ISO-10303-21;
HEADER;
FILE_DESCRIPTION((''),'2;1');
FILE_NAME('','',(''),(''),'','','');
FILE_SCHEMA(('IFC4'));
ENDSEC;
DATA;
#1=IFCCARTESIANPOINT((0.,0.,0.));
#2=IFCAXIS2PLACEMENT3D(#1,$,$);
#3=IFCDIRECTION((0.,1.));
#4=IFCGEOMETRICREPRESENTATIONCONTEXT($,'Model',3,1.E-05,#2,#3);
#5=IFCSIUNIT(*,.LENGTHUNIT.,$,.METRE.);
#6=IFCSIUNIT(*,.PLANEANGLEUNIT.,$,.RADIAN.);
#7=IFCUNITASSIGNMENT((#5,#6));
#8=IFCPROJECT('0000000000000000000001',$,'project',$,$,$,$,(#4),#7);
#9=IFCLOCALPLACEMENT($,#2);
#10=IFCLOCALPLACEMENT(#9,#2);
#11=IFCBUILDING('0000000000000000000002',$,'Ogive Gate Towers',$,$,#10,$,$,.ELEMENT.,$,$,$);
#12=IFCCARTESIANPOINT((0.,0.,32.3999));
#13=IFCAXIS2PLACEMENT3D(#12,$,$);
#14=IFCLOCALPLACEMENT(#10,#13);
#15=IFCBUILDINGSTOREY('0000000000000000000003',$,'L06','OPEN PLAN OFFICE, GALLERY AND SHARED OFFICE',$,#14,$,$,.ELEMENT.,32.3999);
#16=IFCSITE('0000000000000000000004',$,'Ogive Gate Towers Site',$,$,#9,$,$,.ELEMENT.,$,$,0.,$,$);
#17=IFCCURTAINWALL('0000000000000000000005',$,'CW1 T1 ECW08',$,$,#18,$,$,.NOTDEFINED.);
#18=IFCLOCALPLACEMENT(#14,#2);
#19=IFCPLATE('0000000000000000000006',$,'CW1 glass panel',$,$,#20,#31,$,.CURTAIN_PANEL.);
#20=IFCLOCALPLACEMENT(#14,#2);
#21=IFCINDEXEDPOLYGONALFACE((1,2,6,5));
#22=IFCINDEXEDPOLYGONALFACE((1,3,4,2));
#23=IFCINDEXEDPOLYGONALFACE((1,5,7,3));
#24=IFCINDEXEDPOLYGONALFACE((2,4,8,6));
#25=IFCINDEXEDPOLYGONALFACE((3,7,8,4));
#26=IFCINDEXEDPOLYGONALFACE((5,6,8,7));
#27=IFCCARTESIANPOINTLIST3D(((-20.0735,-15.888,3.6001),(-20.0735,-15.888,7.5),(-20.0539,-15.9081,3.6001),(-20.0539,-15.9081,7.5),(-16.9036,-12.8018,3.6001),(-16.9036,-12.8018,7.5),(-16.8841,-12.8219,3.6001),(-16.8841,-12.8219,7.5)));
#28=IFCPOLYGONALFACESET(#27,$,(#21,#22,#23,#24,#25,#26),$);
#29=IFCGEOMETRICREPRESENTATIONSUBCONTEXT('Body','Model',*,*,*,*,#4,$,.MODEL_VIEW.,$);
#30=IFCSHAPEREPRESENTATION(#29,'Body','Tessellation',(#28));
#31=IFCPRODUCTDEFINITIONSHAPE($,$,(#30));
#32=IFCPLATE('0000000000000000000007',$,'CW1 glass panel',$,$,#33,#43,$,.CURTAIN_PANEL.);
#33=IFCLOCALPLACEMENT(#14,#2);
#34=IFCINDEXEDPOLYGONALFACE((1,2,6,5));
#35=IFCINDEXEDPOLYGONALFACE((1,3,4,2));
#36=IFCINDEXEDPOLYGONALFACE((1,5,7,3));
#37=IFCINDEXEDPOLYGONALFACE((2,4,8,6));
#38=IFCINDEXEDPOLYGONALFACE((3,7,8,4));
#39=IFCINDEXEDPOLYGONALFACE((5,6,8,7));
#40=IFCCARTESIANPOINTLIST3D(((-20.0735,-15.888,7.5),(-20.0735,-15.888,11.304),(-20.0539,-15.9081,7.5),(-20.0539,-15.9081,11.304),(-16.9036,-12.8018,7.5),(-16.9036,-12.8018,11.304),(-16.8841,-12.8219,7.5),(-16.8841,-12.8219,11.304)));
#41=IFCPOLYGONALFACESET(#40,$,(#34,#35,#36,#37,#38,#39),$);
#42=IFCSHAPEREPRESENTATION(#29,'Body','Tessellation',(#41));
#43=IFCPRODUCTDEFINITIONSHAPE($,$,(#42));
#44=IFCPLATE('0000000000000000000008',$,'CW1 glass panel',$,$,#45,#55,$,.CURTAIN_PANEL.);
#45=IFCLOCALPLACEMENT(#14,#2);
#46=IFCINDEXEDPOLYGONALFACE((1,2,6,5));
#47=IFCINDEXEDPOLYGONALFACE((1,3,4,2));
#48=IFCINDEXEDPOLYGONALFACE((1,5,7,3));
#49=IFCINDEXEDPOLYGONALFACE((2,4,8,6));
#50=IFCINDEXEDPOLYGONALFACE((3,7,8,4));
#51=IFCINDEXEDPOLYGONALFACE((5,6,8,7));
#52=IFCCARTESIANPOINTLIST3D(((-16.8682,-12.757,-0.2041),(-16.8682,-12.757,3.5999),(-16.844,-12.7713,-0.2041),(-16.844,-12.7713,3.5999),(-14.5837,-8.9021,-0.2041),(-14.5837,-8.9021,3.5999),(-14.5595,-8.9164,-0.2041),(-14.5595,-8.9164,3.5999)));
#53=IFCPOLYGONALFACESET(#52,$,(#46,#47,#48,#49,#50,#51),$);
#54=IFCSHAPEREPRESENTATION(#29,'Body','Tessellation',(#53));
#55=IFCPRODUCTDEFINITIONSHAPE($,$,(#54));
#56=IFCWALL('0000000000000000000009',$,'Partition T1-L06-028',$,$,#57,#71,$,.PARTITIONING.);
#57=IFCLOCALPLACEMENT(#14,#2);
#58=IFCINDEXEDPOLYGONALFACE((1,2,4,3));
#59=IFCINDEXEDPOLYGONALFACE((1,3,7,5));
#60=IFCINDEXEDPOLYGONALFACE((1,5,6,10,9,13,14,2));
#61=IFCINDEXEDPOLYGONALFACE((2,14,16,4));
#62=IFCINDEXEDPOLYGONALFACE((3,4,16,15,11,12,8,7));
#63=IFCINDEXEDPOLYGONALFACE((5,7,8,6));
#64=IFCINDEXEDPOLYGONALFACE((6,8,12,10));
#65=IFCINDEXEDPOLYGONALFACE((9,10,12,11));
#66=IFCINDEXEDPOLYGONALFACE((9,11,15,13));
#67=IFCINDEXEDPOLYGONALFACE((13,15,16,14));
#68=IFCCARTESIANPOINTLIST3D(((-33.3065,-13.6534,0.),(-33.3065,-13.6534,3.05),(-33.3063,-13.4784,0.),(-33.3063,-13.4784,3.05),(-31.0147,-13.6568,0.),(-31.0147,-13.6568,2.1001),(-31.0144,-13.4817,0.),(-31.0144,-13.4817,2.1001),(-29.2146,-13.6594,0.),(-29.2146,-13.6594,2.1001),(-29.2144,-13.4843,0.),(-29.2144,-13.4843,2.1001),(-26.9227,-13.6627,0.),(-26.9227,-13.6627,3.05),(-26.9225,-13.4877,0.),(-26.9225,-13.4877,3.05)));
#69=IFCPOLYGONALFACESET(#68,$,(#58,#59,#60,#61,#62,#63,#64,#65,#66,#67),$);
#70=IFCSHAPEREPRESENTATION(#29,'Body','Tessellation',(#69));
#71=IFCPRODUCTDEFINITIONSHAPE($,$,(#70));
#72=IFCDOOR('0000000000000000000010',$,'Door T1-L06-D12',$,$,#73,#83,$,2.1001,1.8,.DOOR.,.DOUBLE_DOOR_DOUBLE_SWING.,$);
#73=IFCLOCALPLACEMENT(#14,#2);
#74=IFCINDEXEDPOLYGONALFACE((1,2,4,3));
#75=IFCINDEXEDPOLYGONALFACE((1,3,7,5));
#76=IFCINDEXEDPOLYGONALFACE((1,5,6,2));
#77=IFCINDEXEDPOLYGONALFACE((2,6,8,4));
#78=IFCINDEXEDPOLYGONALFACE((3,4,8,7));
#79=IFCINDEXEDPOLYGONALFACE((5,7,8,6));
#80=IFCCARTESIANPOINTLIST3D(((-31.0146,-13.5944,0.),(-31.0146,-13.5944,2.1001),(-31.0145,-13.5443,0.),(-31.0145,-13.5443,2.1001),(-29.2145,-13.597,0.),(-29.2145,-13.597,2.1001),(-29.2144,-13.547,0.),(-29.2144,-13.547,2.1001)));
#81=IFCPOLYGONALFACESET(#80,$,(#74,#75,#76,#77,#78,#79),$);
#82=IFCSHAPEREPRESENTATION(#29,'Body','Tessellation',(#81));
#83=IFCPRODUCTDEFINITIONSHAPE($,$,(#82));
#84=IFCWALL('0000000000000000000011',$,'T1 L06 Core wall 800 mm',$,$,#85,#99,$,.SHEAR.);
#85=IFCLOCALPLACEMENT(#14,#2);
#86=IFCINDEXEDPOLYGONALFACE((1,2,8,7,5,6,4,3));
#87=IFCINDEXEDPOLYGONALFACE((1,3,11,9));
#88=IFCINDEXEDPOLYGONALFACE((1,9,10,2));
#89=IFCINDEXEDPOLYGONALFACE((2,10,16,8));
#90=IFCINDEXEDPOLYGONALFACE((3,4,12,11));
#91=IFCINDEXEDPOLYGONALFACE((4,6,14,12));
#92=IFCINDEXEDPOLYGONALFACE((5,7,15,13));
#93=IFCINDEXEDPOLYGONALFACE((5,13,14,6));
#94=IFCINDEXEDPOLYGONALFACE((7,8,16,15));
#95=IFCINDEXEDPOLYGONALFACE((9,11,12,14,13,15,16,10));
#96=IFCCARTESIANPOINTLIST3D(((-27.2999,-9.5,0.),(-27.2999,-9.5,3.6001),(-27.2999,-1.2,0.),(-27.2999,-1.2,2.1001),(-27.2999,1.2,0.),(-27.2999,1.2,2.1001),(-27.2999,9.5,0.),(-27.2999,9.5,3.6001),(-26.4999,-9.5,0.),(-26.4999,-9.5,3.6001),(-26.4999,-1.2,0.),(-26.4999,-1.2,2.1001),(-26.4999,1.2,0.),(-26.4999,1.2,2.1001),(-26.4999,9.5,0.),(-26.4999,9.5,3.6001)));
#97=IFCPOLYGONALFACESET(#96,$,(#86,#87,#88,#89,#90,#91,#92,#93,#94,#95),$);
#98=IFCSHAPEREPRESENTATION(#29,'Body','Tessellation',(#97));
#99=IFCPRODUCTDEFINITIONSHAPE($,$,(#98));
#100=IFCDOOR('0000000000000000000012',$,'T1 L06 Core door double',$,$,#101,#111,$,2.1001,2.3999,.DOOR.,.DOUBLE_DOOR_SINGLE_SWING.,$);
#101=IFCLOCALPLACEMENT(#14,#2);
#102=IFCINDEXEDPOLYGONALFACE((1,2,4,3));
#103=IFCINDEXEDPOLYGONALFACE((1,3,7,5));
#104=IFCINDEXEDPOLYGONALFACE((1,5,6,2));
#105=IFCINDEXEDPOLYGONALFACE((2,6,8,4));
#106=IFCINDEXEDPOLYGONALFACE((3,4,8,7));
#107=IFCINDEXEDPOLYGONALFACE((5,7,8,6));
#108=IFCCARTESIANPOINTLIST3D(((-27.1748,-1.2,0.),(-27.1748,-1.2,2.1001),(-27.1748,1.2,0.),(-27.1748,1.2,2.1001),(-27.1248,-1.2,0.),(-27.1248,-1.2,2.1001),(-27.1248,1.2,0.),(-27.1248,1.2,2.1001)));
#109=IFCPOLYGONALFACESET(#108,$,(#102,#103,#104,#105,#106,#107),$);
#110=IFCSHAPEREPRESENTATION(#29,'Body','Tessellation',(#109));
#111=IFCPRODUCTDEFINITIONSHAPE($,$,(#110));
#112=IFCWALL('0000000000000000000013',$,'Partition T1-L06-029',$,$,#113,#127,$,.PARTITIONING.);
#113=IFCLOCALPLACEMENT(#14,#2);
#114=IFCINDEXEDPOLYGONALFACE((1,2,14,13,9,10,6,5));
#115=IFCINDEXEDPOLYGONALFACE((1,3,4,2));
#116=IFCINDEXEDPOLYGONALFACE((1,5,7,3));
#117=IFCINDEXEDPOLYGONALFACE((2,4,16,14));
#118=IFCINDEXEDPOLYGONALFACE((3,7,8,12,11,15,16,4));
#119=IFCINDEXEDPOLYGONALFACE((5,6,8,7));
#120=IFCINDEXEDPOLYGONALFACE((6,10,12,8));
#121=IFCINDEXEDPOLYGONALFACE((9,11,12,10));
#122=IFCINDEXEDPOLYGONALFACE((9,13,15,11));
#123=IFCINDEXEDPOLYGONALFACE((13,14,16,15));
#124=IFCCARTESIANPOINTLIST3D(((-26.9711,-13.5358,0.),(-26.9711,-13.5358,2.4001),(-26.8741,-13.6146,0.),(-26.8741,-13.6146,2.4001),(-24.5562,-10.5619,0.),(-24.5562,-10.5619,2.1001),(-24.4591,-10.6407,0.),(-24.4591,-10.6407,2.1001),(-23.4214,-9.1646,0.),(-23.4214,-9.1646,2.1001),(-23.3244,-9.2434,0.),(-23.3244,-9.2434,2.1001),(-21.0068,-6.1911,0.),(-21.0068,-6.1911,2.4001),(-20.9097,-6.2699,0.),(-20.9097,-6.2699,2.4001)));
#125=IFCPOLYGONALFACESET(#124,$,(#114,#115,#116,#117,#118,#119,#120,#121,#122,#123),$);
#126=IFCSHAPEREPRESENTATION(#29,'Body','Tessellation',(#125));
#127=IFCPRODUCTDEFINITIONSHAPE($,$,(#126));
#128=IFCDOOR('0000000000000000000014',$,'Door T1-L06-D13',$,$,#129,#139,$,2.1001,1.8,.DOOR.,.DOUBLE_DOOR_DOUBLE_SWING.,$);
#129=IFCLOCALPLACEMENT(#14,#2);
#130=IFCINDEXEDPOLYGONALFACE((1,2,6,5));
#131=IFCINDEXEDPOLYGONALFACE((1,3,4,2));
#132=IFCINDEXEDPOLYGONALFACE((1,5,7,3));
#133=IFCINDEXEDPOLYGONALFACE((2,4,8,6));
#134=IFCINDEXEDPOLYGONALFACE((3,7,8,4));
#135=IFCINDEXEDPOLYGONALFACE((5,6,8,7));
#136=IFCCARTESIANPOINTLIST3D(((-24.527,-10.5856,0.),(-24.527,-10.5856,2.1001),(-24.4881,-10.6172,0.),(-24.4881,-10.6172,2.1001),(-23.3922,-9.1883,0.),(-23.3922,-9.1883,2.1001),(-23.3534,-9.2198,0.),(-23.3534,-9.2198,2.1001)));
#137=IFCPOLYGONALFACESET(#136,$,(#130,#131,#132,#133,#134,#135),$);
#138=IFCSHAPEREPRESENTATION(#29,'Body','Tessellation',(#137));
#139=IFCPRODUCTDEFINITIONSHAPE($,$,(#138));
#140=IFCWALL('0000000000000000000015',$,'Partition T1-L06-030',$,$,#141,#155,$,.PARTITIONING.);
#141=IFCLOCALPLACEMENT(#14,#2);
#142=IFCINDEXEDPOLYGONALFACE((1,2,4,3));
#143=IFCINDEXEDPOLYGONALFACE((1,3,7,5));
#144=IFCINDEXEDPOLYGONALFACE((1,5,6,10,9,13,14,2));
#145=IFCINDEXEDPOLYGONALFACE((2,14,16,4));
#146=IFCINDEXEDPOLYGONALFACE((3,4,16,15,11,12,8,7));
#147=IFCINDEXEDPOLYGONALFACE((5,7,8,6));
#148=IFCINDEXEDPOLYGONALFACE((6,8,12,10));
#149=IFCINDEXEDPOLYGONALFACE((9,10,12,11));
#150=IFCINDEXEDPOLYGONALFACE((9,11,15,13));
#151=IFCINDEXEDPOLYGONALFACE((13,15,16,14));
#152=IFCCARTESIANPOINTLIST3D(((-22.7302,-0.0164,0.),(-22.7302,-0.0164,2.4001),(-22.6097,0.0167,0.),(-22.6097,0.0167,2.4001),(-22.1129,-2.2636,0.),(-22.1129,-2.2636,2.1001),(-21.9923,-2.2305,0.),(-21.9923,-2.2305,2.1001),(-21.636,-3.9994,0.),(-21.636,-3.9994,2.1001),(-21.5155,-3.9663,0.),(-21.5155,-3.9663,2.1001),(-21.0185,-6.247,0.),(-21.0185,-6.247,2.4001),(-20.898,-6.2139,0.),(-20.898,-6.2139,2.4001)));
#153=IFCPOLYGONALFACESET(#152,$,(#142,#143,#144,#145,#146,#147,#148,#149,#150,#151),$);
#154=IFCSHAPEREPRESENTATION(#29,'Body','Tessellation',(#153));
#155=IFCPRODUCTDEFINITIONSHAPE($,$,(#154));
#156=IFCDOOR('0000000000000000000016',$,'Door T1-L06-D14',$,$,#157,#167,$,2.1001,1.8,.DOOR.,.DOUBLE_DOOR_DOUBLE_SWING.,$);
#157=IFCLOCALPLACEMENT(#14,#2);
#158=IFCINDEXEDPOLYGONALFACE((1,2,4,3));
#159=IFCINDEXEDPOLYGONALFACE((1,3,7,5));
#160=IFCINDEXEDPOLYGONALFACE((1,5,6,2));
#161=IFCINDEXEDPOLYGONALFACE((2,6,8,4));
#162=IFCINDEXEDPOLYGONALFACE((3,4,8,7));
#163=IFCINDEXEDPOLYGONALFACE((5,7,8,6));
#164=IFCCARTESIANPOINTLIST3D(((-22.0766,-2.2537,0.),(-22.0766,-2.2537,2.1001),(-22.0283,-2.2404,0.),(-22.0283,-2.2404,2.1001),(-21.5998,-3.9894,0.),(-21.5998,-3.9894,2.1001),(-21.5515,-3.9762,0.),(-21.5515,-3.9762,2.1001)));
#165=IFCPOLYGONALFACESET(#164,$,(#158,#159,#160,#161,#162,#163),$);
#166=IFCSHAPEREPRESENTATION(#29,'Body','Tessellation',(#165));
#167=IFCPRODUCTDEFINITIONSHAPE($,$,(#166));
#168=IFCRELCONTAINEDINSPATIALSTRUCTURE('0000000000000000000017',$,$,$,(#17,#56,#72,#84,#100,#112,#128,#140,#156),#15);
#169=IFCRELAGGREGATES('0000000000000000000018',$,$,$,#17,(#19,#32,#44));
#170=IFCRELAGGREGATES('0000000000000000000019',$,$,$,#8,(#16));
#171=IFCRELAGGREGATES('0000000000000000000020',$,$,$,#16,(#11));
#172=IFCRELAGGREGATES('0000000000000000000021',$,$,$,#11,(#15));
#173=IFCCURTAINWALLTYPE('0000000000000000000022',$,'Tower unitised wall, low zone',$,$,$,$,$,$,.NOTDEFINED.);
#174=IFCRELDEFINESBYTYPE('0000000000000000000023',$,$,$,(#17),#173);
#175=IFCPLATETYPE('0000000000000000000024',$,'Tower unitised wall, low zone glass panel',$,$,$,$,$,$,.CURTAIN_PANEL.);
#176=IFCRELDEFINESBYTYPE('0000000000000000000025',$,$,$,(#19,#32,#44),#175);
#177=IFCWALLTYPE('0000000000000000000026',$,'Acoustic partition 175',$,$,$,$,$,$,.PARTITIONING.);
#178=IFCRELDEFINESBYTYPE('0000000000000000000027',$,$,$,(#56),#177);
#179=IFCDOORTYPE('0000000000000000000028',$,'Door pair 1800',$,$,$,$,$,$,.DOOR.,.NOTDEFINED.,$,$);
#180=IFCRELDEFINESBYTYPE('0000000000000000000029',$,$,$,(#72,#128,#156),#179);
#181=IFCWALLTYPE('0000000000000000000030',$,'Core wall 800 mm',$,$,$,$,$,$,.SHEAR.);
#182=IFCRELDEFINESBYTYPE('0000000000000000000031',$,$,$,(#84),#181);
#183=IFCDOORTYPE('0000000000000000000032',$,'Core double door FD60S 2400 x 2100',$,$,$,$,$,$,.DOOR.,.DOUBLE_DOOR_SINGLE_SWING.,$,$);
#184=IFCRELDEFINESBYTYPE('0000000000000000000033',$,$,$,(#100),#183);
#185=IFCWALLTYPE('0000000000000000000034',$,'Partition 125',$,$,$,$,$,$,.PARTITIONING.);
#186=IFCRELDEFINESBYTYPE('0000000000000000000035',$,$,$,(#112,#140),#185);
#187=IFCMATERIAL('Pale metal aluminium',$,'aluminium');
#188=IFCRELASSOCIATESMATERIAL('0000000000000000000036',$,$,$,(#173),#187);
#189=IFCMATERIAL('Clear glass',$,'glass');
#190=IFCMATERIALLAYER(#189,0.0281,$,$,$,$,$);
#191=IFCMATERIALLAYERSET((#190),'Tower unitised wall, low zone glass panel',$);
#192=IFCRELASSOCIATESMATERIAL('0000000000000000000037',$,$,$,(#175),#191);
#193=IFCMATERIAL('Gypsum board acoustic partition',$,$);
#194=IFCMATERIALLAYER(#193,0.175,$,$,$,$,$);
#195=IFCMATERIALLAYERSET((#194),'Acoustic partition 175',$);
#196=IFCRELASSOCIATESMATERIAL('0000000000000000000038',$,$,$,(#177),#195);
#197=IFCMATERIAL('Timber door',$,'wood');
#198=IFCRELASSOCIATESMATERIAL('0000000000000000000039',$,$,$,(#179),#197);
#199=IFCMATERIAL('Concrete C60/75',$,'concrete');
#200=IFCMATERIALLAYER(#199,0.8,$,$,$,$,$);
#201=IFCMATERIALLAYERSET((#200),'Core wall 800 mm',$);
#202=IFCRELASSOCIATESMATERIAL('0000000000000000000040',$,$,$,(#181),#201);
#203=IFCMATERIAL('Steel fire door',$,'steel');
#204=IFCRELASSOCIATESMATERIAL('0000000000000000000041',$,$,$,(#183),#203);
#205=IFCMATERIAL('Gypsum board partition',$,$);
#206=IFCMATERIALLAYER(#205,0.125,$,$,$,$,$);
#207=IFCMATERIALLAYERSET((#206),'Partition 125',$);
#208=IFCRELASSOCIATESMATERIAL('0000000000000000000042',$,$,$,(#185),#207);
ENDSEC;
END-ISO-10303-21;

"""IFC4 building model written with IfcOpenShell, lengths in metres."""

from ifc_helpers import new_model, si_unit, direction, frame, frame_2d, origin, origin_2d, place, context, subcontext, project, spatial, rectangle, extrude, material, layer, layer_set, type_object, element, fill, aggregate, save


model = new_model("IFC4")

# Units and contexts
model_context = context("Model", 3, precision=1e-05, world=origin(), true_north=direction((0.0, 1.0)))
body_context = subcontext(model_context, "Body", "Model", "MODEL_VIEW")
ifc_project = project(units=[si_unit("LENGTHUNIT", "METRE"), si_unit("PLANEANGLEUNIT", "RADIAN")], contexts=[model_context])

# Site, building, storey
site_placement = place(None, origin())
site = spatial("IfcSite", under=ifc_project, at=site_placement, Name="Ogive Gate Towers Site", CompositionType="ELEMENT", RefElevation=0.0)
building_placement = place(site_placement, origin())
building = spatial("IfcBuilding", under=site, at=building_placement, Name="Ogive Gate Towers", CompositionType="ELEMENT")
storey_placement = place(building_placement, frame((0.0, 0.0, 32.3999)))
storey = spatial("IfcBuildingStorey", under=building, at=storey_placement, Name="L06", Description="OPEN PLAN OFFICE, GALLERY AND SHARED OFFICE", CompositionType="ELEMENT", Elevation=32.3999)

# Curtain wall
ifc_material_1 = material(Name="Pale metal aluminium", Category="aluminium")
curtain_wall_type = type_object("IfcCurtainWallType", Name="Tower unitised wall, low zone", PredefinedType="NOTDEFINED", material=ifc_material_1)
curtain_wall_placement = place(storey_placement, origin())
curtain_wall = element("IfcCurtainWall", 1, at=curtain_wall_placement, inside=storey, type_object=curtain_wall_type, Name="CW1 T1 ECW08", PredefinedType="NOTDEFINED")

# Plates
ifc_material_2 = material(Name="Clear glass", Category="glass")
ifc_layer_1 = layer(ifc_material_2, 0.0281)
ifc_layer_set_1 = layer_set([ifc_layer_1], Name="Tower unitised wall, low zone glass panel")
plate_type = type_object("IfcPlateType", Name="Tower unitised wall, low zone glass panel", PredefinedType="CURTAIN_PANEL", material=ifc_layer_set_1)
plate_1_placement = place(storey_placement, frame((-18.4788, -14.355, 3.6001), z_axis=(0.0, 0.0, 1.0), x_axis=(0.716497, 0.69759, 0.0)))
plate_1 = element("IfcPlate", 2, at=plate_1_placement, type_object=plate_type, Name="CW1 glass panel", PredefinedType="CURTAIN_PANEL", context=body_context, shape_type="SweptSolid", body=[
    extrude(rectangle(XDim=4.4241, YDim=0.0281, at=origin_2d()), origin(), (0.0, 0.0, 1.0), 3.8999),
])
plate_2_placement = place(storey_placement, frame((-18.4788, -14.355, 7.5), z_axis=(0.0, 0.0, 1.0), x_axis=(0.716497, 0.69759, 0.0)))
plate_2 = element("IfcPlate", 3, at=plate_2_placement, type_object=plate_type, Name="CW1 glass panel", PredefinedType="CURTAIN_PANEL", context=body_context, shape_type="SweptSolid", body=[
    extrude(rectangle(XDim=4.4241, YDim=0.0281, at=origin_2d()), origin(), (0.0, 0.0, 1.0), 3.804),
])
plate_3_placement = place(storey_placement, frame((-15.7139, -10.8367, -0.2041), z_axis=(0.0, 0.0, 1.0), x_axis=(0.509822, 0.86028, 0.0)))
plate_3 = element("IfcPlate", 4, at=plate_3_placement, type_object=plate_type, Name="CW1 glass panel", PredefinedType="CURTAIN_PANEL", context=body_context, shape_type="SweptSolid", body=[
    extrude(rectangle(XDim=4.481, YDim=0.0281, at=origin_2d()), origin(), (0.0, 0.0, 1.0), 3.804),
])
aggregate(curtain_wall, [plate_1, plate_2, plate_3])

# Walls, openings, doors
ifc_material_3 = material(Name="Gypsum board acoustic partition")
ifc_layer_2 = layer(ifc_material_3, 0.175)
ifc_layer_set_2 = layer_set([ifc_layer_2], Name="Acoustic partition 175")
wall_type_1 = type_object("IfcWallType", Name="Acoustic partition 175", PredefinedType="PARTITIONING", material=ifc_layer_set_2)
wall_1_placement = place(storey_placement, frame((-33.3064, -13.5659, 0.0), z_axis=(0.0, 0.0, 1.0), x_axis=(0.999999, -0.001453, 0.0)))
wall_1 = element("IfcWall", 5, at=wall_1_placement, inside=storey, type_object=wall_type_1, Name="Partition T1-L06-028", PredefinedType="PARTITIONING", context=body_context, shape_type="SweptSolid", body=[
    extrude(rectangle(XDim=6.3838, YDim=0.175, at=frame_2d((3.1919, 0.0))), origin(), (0.0, 0.0, 1.0), 3.05),
])
opening_1_placement = place(wall_1_placement, frame((2.292, 0.0, 0.0)))
opening_1 = element("IfcOpeningElement", 6, at=opening_1_placement, cuts=wall_1, PredefinedType="OPENING", context=body_context, shape_type="SweptSolid", body=[
    extrude(rectangle(XDim=1.8, YDim=2.1001, at=frame_2d((0.8999, 1.05))), frame((0.0, 0.0977, 0.0), z_axis=(0.0, -1.0, 0.0), x_axis=(1.0, 0.0, 0.0)), (0.0, 0.0, 1.0), 0.1951),
])
ifc_material_4 = material(Name="Timber door", Category="wood")
door_type_1 = type_object("IfcDoorType", Name="Door pair 1800", OperationType="NOTDEFINED", PredefinedType="DOOR", material=ifc_material_4)
door_1_placement = place(opening_1_placement, origin())
door_1 = element("IfcDoor", 7, at=door_1_placement, inside=storey, type_object=door_type_1, Name="Door T1-L06-D12", OperationType="DOUBLE_DOOR_DOUBLE_SWING", OverallHeight=2.1001, OverallWidth=1.8, PredefinedType="DOOR", context=body_context, shape_type="SweptSolid", body=[
    extrude(rectangle(XDim=1.8, YDim=2.1001, at=frame_2d((0.8999, 1.05))), frame((0.0, 0.0249, 0.0), z_axis=(0.0, -1.0, 0.0), x_axis=(1.0, 0.0, 0.0)), (0.0, 0.0, 1.0), 0.05),
])
fill(opening_1, door_1)
ifc_material_5 = material(Name="Concrete C60/75", Category="concrete")
ifc_layer_3 = layer(ifc_material_5, 0.8)
ifc_layer_set_3 = layer_set([ifc_layer_3], Name="Core wall 800 mm")
wall_type_2 = type_object("IfcWallType", Name="Core wall 800 mm", PredefinedType="SHEAR", material=ifc_layer_set_3)
wall_2_placement = place(storey_placement, frame((-26.8999, -9.5, 0.0), z_axis=(0.0, 0.0, 1.0), x_axis=(0.0, 1.0, 0.0)))
wall_2 = element("IfcWall", 8, at=wall_2_placement, inside=storey, type_object=wall_type_2, Name="T1 L06 Core wall 800 mm", PredefinedType="SHEAR", context=body_context, shape_type="SweptSolid", body=[
    extrude(rectangle(XDim=19.0, YDim=0.8, at=frame_2d((9.5, 0.0))), origin(), (0.0, 0.0, 1.0), 3.6001),
])
opening_2_placement = place(wall_2_placement, frame((8.3, 0.0, 0.0)))
opening_2 = element("IfcOpeningElement", 9, at=opening_2_placement, cuts=wall_2, PredefinedType="OPENING", context=body_context, shape_type="SweptSolid", body=[
    extrude(rectangle(XDim=2.3999, YDim=2.1001, at=frame_2d((1.2, 1.05))), frame((0.0, 0.4102, 0.0), z_axis=(0.0, -1.0, 0.0), x_axis=(1.0, 0.0, 0.0)), (0.0, 0.0, 1.0), 0.8201),
])
ifc_material_6 = material(Name="Steel fire door", Category="steel")
door_type_2 = type_object("IfcDoorType", Name="Core double door FD60S 2400 x 2100", OperationType="DOUBLE_DOOR_SINGLE_SWING", PredefinedType="DOOR", material=ifc_material_6)
door_2_placement = place(opening_2_placement, origin())
door_2 = element("IfcDoor", 10, at=door_2_placement, inside=storey, type_object=door_type_2, Name="T1 L06 Core door double", OperationType="DOUBLE_DOOR_SINGLE_SWING", OverallHeight=2.1001, OverallWidth=2.3999, PredefinedType="DOOR", context=body_context, shape_type="SweptSolid", body=[
    extrude(rectangle(XDim=2.3999, YDim=2.1001, at=frame_2d((1.2, 1.05))), frame((0.0, 0.2749, 0.0), z_axis=(0.0, -1.0, 0.0), x_axis=(1.0, 0.0, 0.0)), (0.0, 0.0, 1.0), 0.05),
])
fill(opening_2, door_2)
ifc_material_7 = material(Name="Gypsum board partition")
ifc_layer_4 = layer(ifc_material_7, 0.125)
ifc_layer_set_4 = layer_set([ifc_layer_4], Name="Partition 125")
wall_type_3 = type_object("IfcWallType", Name="Partition 125", PredefinedType="PARTITIONING", material=ifc_layer_set_4)
wall_3_placement = place(storey_placement, frame((-26.9226, -13.5752, 0.0), z_axis=(0.0, 0.0, 1.0), x_axis=(0.630387, 0.776281, 0.0)))
wall_3 = element("IfcWall", 11, at=wall_3_placement, inside=storey, type_object=wall_type_3, Name="Partition T1-L06-029", PredefinedType="PARTITIONING", context=body_context, shape_type="SweptSolid", body=[
    extrude(rectangle(XDim=9.4614, YDim=0.125, at=frame_2d((4.7307, 0.0))), origin(), (0.0, 0.0, 1.0), 2.4001),
])
opening_3_placement = place(wall_3_placement, frame((3.8311, 0.0, 0.0)))
opening_3 = element("IfcOpeningElement", 12, at=opening_3_placement, cuts=wall_3, PredefinedType="OPENING", context=body_context, shape_type="SweptSolid", body=[
    extrude(rectangle(XDim=1.8, YDim=2.1001, at=frame_2d((0.8999, 1.05))), frame((0.0, 0.0725, 0.0), z_axis=(0.0, -1.0, 0.0), x_axis=(1.0, 0.0, 0.0)), (0.0, 0.0, 1.0), 0.145),
])
door_3_placement = place(opening_3_placement, origin())
door_3 = element("IfcDoor", 13, at=door_3_placement, inside=storey, type_object=door_type_1, Name="Door T1-L06-D13", OperationType="DOUBLE_DOOR_DOUBLE_SWING", OverallHeight=2.1001, OverallWidth=1.8, PredefinedType="DOOR", context=body_context, shape_type="SweptSolid", body=[
    extrude(rectangle(XDim=1.8, YDim=2.1001, at=frame_2d((0.8999, 1.05))), frame((0.0, 0.0249, 0.0), z_axis=(0.0, -1.0, 0.0), x_axis=(1.0, 0.0, 0.0)), (0.0, 0.0, 1.0), 0.05),
])
fill(opening_3, door_3)
wall_4_placement = place(storey_placement, frame((-20.9583, -6.2305, 0.0), z_axis=(0.0, 0.0, 1.0), x_axis=(-0.264911, 0.964273, 0.0)))
wall_4 = element("IfcWall", 14, at=wall_4_placement, inside=storey, type_object=wall_type_3, Name="Partition T1-L06-030", PredefinedType="PARTITIONING", context=body_context, shape_type="SweptSolid", body=[
    extrude(rectangle(XDim=6.4614, YDim=0.125, at=frame_2d((3.2307, 0.0))), origin(), (0.0, 0.0, 1.0), 2.4001),
])
opening_4_placement = place(wall_4_placement, frame((2.3311, 0.0, 0.0)))
opening_4 = element("IfcOpeningElement", 15, at=opening_4_placement, cuts=wall_4, PredefinedType="OPENING", context=body_context, shape_type="SweptSolid", body=[
    extrude(rectangle(XDim=1.8, YDim=2.1001, at=frame_2d((0.8999, 1.05))), frame((0.0, 0.0725, 0.0), z_axis=(0.0, -1.0, 0.0), x_axis=(1.0, 0.0, 0.0)), (0.0, 0.0, 1.0), 0.145),
])
door_4_placement = place(opening_4_placement, origin())
door_4 = element("IfcDoor", 16, at=door_4_placement, inside=storey, type_object=door_type_1, Name="Door T1-L06-D14", OperationType="DOUBLE_DOOR_DOUBLE_SWING", OverallHeight=2.1001, OverallWidth=1.8, PredefinedType="DOOR", context=body_context, shape_type="SweptSolid", body=[
    extrude(rectangle(XDim=1.8, YDim=2.1001, at=frame_2d((0.8999, 1.05))), frame((0.0, 0.0249, 0.0), z_axis=(0.0, -1.0, 0.0), x_axis=(1.0, 0.0, 0.0)), (0.0, 0.0, 1.0), 0.05),
])
fill(opening_4, door_4)

save(model, "model.ifc")
